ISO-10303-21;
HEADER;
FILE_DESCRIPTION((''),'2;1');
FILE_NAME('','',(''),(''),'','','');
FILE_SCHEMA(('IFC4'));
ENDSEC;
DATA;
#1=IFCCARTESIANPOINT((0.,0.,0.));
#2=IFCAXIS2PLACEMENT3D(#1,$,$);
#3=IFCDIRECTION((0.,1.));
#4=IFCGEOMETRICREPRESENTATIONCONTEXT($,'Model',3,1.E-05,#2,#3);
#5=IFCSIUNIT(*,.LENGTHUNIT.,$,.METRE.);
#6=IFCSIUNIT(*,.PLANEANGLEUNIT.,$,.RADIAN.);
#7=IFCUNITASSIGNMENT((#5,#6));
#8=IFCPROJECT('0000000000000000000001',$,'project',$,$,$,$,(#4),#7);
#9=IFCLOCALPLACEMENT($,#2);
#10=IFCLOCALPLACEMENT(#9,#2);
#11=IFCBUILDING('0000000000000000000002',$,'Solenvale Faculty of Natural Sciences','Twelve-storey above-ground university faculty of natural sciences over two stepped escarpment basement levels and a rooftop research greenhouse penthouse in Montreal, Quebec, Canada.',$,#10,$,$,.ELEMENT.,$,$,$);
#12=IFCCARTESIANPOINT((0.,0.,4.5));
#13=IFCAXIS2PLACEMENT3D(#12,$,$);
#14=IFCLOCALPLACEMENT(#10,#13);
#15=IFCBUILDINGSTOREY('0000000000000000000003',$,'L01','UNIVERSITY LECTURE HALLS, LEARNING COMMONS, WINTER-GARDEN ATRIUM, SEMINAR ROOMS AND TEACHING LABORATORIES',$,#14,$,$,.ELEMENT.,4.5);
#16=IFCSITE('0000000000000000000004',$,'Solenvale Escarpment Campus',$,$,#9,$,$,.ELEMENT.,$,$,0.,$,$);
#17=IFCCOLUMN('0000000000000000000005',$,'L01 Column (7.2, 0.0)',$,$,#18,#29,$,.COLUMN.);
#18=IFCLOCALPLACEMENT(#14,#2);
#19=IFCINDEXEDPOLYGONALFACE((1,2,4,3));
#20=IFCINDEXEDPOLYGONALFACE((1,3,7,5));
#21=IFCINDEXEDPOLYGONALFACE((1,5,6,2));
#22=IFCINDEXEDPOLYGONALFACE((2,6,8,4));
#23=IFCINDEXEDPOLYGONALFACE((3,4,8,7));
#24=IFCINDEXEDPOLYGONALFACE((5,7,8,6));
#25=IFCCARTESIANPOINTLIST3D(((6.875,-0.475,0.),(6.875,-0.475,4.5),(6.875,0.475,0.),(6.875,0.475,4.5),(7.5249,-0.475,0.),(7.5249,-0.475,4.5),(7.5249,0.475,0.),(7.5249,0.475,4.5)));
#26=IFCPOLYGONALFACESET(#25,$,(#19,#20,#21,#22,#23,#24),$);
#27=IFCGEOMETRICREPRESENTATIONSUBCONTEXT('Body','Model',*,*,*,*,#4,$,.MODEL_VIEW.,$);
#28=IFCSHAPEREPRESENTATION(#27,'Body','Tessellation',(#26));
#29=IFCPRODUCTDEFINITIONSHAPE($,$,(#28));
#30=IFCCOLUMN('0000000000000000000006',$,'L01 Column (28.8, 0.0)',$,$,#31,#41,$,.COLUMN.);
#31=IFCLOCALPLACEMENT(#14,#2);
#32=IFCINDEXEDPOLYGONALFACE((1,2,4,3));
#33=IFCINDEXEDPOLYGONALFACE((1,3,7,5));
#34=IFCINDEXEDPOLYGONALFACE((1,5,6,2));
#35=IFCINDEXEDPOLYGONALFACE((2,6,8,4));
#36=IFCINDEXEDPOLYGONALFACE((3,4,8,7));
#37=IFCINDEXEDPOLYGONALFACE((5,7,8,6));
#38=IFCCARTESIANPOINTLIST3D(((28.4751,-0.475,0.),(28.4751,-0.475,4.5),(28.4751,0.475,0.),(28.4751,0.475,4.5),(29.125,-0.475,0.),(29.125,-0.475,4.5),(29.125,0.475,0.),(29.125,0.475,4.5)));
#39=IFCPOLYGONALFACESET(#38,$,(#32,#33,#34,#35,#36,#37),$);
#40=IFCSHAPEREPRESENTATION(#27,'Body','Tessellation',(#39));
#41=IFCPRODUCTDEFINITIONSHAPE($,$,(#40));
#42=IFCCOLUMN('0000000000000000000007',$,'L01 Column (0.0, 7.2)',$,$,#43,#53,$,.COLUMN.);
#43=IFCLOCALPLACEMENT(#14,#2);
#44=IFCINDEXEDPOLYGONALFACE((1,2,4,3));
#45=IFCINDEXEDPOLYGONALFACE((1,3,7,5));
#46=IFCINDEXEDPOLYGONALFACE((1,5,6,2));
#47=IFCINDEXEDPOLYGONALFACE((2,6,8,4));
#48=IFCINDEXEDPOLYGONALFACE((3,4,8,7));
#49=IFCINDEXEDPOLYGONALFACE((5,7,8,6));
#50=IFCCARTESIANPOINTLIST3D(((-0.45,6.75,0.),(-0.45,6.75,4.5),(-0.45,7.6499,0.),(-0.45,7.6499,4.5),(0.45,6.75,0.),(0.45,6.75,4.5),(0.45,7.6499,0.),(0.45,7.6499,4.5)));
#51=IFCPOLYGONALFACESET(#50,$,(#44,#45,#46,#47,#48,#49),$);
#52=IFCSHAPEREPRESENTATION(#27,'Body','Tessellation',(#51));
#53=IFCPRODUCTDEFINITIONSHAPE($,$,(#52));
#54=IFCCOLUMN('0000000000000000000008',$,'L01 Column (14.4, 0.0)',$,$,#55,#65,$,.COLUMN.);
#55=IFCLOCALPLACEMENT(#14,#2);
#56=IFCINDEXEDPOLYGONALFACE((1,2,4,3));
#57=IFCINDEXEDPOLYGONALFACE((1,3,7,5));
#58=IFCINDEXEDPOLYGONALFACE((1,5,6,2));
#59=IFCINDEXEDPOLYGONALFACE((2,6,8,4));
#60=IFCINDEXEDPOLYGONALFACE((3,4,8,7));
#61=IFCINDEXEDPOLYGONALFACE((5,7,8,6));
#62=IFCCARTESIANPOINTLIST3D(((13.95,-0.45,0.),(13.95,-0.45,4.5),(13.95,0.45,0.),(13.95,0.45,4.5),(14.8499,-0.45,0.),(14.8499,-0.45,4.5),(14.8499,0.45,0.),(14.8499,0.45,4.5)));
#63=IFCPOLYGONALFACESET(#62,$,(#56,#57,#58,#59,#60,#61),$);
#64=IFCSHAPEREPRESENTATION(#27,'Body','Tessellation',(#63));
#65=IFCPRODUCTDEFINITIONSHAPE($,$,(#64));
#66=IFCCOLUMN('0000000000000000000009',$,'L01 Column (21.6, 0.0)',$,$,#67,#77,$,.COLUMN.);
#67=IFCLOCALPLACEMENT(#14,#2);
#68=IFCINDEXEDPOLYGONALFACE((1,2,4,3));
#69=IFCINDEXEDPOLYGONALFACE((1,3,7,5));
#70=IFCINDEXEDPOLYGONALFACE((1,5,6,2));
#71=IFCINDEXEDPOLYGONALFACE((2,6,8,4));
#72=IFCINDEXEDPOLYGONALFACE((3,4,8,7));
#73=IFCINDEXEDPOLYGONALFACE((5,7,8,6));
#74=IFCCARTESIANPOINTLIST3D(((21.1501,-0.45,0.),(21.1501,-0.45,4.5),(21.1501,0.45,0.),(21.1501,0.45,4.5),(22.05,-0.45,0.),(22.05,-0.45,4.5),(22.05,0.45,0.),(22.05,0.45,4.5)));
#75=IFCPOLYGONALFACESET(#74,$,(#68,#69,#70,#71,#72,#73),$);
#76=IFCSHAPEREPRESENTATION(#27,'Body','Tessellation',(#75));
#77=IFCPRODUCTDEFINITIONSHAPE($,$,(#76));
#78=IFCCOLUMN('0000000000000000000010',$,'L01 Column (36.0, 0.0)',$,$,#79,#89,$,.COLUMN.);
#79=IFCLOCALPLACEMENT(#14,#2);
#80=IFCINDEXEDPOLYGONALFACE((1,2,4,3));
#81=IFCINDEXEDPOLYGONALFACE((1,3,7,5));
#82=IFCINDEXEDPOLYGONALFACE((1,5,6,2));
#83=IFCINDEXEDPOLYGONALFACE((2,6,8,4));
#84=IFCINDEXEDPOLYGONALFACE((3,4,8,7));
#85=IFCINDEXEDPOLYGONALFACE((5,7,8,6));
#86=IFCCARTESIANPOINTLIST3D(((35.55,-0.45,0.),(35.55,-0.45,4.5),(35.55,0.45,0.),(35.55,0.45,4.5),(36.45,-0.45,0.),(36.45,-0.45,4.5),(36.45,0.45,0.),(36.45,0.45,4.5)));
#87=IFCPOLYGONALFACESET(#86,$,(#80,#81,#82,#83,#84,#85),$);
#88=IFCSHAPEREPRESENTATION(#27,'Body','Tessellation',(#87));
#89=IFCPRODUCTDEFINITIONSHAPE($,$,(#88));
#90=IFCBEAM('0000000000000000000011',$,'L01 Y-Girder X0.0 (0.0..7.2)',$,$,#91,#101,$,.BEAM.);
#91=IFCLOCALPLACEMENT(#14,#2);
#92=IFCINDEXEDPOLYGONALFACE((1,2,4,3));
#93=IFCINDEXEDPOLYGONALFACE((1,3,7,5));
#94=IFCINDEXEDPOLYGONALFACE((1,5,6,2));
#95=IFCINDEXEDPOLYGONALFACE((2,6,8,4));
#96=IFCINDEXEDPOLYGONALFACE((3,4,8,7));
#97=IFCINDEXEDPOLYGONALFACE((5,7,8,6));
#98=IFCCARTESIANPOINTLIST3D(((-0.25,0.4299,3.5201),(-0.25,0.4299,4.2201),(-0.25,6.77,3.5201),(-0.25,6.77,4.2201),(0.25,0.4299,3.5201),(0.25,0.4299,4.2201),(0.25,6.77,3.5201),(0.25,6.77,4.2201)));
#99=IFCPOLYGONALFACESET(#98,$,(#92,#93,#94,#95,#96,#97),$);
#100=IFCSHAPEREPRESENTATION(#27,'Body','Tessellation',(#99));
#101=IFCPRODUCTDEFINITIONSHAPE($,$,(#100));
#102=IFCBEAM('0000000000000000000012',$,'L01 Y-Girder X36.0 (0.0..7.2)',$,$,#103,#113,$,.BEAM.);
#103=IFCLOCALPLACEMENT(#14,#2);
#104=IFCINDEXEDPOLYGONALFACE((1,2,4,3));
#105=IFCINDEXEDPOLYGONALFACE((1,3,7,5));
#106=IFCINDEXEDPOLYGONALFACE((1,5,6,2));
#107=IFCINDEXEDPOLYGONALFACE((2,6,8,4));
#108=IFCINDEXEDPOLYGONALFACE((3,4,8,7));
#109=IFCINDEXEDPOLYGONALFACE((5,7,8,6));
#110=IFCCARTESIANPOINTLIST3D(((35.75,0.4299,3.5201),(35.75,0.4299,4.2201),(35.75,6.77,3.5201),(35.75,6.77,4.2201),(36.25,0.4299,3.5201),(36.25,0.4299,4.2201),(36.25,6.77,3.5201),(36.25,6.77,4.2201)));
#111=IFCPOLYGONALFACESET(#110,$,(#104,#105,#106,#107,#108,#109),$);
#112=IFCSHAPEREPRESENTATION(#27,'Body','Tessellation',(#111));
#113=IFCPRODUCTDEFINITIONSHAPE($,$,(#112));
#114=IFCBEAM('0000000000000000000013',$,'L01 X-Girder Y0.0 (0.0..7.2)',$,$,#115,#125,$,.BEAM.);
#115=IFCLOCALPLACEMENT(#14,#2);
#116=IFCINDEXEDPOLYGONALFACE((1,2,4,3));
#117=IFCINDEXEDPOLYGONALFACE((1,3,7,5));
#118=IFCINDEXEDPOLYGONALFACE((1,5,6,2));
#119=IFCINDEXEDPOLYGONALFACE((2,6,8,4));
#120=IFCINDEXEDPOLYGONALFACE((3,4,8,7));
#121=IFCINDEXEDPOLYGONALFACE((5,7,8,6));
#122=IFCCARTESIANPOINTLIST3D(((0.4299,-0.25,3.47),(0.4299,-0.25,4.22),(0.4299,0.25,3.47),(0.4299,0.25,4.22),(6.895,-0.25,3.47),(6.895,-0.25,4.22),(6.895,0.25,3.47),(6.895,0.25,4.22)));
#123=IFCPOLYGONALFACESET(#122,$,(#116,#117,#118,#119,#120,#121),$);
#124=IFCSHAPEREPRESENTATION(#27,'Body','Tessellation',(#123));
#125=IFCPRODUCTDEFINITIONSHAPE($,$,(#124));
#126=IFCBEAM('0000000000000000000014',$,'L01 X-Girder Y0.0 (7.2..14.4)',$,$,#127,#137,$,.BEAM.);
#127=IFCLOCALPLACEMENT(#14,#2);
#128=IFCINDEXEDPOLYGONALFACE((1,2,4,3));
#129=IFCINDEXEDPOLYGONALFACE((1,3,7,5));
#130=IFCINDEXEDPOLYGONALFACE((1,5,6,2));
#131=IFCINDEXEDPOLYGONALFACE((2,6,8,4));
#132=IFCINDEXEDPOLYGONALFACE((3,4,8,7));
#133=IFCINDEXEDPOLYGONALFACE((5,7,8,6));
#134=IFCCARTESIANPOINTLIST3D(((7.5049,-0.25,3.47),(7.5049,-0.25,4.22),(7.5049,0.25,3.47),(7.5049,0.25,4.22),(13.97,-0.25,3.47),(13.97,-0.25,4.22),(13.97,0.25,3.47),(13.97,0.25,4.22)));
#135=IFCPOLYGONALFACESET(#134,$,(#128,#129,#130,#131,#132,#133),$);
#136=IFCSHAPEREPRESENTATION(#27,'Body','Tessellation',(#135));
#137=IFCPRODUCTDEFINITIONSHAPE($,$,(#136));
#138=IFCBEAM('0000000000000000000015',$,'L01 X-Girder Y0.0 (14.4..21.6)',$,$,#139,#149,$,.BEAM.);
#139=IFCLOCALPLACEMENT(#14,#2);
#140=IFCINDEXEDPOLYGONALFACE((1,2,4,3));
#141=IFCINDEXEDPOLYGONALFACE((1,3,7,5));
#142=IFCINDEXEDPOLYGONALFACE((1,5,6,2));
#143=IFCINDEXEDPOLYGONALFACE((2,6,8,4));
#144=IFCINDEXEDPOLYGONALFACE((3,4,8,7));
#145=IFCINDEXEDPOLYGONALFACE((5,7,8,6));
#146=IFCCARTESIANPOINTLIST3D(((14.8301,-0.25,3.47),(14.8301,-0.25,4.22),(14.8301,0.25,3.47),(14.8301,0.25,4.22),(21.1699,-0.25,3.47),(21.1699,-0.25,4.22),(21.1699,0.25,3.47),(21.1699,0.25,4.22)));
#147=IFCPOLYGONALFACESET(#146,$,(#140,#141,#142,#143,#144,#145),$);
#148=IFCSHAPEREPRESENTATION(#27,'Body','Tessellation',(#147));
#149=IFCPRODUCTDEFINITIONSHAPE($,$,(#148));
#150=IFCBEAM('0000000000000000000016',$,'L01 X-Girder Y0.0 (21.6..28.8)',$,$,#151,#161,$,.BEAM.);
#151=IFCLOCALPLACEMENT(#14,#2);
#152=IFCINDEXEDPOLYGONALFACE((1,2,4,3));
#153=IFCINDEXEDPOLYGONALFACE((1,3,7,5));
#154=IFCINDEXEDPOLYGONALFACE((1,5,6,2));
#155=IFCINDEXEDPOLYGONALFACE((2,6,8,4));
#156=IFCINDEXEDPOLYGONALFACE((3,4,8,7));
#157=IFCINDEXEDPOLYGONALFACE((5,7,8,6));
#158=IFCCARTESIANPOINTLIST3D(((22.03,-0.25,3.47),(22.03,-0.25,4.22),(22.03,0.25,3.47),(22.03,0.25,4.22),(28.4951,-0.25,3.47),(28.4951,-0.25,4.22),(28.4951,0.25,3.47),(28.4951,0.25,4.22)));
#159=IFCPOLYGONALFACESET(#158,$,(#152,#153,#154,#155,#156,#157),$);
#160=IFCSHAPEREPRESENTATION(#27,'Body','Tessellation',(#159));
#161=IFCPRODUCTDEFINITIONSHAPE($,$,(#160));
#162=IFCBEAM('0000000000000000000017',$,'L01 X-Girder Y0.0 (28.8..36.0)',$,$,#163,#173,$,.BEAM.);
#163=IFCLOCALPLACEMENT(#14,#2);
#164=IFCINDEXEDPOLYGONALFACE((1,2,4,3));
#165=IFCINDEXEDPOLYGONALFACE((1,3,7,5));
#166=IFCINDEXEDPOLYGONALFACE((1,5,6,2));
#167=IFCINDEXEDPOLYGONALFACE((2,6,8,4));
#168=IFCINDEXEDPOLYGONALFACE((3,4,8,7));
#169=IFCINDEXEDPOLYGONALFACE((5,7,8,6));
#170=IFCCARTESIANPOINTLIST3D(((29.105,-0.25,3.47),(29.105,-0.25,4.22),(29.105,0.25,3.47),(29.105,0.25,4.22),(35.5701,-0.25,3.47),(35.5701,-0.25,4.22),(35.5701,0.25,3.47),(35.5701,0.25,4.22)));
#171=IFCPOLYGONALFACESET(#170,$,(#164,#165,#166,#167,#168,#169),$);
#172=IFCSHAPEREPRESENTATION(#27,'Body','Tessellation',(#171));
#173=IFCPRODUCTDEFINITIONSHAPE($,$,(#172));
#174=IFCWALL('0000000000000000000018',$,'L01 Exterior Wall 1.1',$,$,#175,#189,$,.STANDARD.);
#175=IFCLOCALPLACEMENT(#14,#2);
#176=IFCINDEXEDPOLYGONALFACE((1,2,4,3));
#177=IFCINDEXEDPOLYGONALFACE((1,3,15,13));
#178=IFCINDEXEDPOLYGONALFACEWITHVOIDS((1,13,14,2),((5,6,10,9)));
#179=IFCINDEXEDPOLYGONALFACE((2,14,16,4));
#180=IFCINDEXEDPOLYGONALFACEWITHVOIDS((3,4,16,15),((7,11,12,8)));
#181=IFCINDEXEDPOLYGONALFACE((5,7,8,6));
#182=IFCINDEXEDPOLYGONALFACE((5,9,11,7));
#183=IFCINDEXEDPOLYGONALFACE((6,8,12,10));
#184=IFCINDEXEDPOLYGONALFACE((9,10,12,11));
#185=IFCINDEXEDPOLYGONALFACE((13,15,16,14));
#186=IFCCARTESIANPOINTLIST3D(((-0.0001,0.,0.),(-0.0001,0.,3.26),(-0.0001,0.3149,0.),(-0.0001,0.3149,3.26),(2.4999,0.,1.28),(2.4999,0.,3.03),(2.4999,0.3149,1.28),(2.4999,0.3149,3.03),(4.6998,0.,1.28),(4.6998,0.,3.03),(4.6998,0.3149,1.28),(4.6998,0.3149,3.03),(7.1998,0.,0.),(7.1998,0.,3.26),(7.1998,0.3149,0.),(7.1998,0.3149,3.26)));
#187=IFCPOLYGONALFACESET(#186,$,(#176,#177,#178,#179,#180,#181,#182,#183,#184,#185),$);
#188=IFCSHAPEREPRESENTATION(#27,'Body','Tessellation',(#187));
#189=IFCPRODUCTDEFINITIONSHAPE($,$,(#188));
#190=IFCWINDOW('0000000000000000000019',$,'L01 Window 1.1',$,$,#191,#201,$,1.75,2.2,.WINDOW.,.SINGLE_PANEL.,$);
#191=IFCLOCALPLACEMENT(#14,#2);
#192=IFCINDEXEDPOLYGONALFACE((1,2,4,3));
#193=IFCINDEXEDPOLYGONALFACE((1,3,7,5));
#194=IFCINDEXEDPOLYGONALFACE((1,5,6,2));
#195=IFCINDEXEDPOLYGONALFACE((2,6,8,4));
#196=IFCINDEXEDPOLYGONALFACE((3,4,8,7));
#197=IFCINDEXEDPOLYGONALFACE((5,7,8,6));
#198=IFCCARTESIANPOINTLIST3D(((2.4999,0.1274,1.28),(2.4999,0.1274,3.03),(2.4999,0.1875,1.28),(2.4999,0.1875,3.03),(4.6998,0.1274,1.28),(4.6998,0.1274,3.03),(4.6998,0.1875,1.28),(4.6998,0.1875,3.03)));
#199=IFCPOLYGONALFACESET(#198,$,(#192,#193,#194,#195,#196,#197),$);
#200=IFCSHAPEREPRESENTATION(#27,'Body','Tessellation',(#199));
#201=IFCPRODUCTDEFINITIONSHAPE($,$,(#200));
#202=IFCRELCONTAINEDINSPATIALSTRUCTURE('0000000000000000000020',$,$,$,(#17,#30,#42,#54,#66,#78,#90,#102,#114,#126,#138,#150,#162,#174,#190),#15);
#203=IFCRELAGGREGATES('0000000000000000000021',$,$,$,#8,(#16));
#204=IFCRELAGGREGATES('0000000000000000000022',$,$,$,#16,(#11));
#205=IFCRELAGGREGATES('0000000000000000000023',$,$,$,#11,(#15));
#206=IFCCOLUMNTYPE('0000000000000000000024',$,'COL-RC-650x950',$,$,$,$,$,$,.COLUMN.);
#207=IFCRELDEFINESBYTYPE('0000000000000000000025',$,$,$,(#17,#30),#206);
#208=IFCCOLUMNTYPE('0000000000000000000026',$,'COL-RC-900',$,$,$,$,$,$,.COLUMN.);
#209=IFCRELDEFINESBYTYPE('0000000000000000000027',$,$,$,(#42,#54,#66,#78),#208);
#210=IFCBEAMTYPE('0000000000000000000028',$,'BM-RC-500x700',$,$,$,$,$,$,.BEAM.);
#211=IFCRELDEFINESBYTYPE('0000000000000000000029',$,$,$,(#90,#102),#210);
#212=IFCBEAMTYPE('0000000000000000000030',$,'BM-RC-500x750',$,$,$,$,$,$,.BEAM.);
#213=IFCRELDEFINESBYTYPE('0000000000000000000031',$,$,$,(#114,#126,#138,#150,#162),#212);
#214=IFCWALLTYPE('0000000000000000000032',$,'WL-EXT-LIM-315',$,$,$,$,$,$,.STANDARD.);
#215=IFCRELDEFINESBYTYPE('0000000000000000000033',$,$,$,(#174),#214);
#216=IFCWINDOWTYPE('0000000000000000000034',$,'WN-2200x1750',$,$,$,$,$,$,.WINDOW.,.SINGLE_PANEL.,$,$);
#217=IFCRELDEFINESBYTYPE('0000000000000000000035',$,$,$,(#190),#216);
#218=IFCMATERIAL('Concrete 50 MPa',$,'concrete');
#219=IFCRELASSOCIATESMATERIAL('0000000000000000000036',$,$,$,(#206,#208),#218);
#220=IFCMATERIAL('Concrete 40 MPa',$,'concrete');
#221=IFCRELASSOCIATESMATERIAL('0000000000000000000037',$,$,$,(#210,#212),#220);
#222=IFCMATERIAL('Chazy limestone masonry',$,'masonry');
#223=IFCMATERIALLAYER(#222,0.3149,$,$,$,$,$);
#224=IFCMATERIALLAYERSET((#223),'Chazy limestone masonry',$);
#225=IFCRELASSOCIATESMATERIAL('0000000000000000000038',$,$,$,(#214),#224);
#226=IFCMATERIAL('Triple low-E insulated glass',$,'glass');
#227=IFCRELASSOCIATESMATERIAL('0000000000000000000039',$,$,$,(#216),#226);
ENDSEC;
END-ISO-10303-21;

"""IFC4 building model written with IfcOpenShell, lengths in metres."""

from ifc_helpers import new_model, si_unit, direction, frame, frame_2d, origin, origin_2d, place, context, subcontext, project, spatial, rectangle, extrude, material, layer, layer_set, material_profile, profile_set, type_object, element, fill, save


model = new_model("IFC4")

# Units and contexts
model_context = context("Model", 3, precision=1e-05, world=origin(), true_north=direction((0.0, 1.0)))
body_context = subcontext(model_context, "Body", "Model", "MODEL_VIEW")
ifc_project = project(units=[si_unit("LENGTHUNIT", "METRE"), si_unit("PLANEANGLEUNIT", "RADIAN")], contexts=[model_context])

# Site, building, storey
site_placement = place(None, origin())
site = spatial("IfcSite", under=ifc_project, at=site_placement, Name="Solenvale Escarpment Campus", CompositionType="ELEMENT", RefElevation=0.0)
building_placement = place(site_placement, origin())
building = spatial("IfcBuilding", under=site, at=building_placement, Name="Solenvale Faculty of Natural Sciences", Description="Twelve-storey above-ground university faculty of natural sciences over two stepped escarpment basement levels and a rooftop research greenhouse penthouse in Montreal, Quebec, Canada.", CompositionType="ELEMENT")
storey_placement = place(building_placement, frame((0.0, 0.0, 4.5)))
storey = spatial("IfcBuildingStorey", under=building, at=storey_placement, Name="L01", Description="UNIVERSITY LECTURE HALLS, LEARNING COMMONS, WINTER-GARDEN ATRIUM, SEMINAR ROOMS AND TEACHING LABORATORIES", CompositionType="ELEMENT", Elevation=4.5)

# Columns
ifc_material_1 = material(Name="Concrete 50 MPa", Category="concrete")
ifc_material_profile_1 = material_profile(ifc_material_1, rectangle(XDim=0.6499, YDim=0.95, at=origin_2d()), Name="RC-COL-650x950")
ifc_profile_set_1 = profile_set([ifc_material_profile_1], Name="Concrete 50 MPa")
column_type_1 = type_object("IfcColumnType", Name="COL-RC-650x950", PredefinedType="COLUMN", material=ifc_profile_set_1)
for number, where, z_axis, x_axis, name in (
    (1, (7.2, 0.0, 0.0), (0.0, 0.0, 1.0), (1.0, 0.0, 0.0), "L01 Column (7.2, 0.0)"),
    (2, (28.8, 0.0, 0.0), (0.0, 0.0, 1.0), (1.0, 0.0, 0.0), "L01 Column (28.8, 0.0)"),
):
    element("IfcColumn", number, at=place(storey_placement, frame(where, z_axis=z_axis, x_axis=x_axis)), inside=storey, type_object=column_type_1, Name=name, PredefinedType="COLUMN", context=body_context, shape_type="SweptSolid", body=[
        extrude(rectangle(XDim=0.6499, YDim=0.95, at=origin_2d()), origin(), (0.0, 0.0, 1.0), 4.5),
    ])
ifc_material_profile_2 = material_profile(ifc_material_1, rectangle(XDim=0.8999, YDim=0.8999, at=origin_2d()), Name="RC-COL-900x900")
ifc_profile_set_2 = profile_set([ifc_material_profile_2], Name="Concrete 50 MPa")
column_type_2 = type_object("IfcColumnType", Name="COL-RC-900", PredefinedType="COLUMN", material=ifc_profile_set_2)
for number, where, z_axis, x_axis, name in (
    (3, (0.0, 7.2, 0.0), (0.0, 0.0, 1.0), (1.0, 0.0, 0.0), "L01 Column (0.0, 7.2)"),
    (4, (14.3999, 0.0, 0.0), (0.0, 0.0, 1.0), (1.0, 0.0, 0.0), "L01 Column (14.4, 0.0)"),
    (5, (21.6001, 0.0, 0.0), (0.0, 0.0, 1.0), (1.0, 0.0, 0.0), "L01 Column (21.6, 0.0)"),
    (6, (36.0, 0.0, 0.0), (0.0, 0.0, 1.0), (1.0, 0.0, 0.0), "L01 Column (36.0, 0.0)"),
):
    element("IfcColumn", number, at=place(storey_placement, frame(where, z_axis=z_axis, x_axis=x_axis)), inside=storey, type_object=column_type_2, Name=name, PredefinedType="COLUMN", context=body_context, shape_type="SweptSolid", body=[
        extrude(rectangle(XDim=0.8999, YDim=0.8999, at=origin_2d()), origin(), (0.0, 0.0, 1.0), 4.5),
    ])

# Beams
ifc_material_2 = material(Name="Concrete 40 MPa", Category="concrete")
ifc_material_profile_3 = material_profile(ifc_material_2, rectangle(XDim=0.5, YDim=0.7, at=origin_2d()), Name="RC-BM-500x700")
ifc_profile_set_3 = profile_set([ifc_material_profile_3], Name="Concrete 40 MPa")
beam_type_1 = type_object("IfcBeamType", Name="BM-RC-500x700", PredefinedType="BEAM", material=ifc_profile_set_3)
for number, where, z_axis, x_axis, name in (
    (7, (0.0, 0.4299, 3.8701), (0.0, 1.0, 0.0), (-1.0, 0.0, 0.0), "L01 Y-Girder X0.0 (0.0..7.2)"),
    (8, (36.0, 0.4299, 3.8701), (0.0, 1.0, 0.0), (-1.0, 0.0, 0.0), "L01 Y-Girder X36.0 (0.0..7.2)"),
):
    element("IfcBeam", number, at=place(storey_placement, frame(where, z_axis=z_axis, x_axis=x_axis)), inside=storey, type_object=beam_type_1, Name=name, PredefinedType="BEAM", context=body_context, shape_type="SweptSolid", body=[
        extrude(rectangle(XDim=0.5, YDim=0.7, at=origin_2d()), origin(), (0.0, 0.0, 1.0), 6.3401),
    ])
ifc_material_profile_4 = material_profile(ifc_material_2, rectangle(XDim=0.5, YDim=0.75, at=origin_2d()), Name="RC-BM-500x750")
ifc_profile_set_4 = profile_set([ifc_material_profile_4], Name="Concrete 40 MPa")
beam_type_2 = type_object("IfcBeamType", Name="BM-RC-500x750", PredefinedType="BEAM", material=ifc_profile_set_4)
for number, where, z_axis, x_axis, name in (
    (9, (0.4299, 0.0, 3.845), (1.0, 0.0, 0.0), (0.0, 1.0, 0.0), "L01 X-Girder Y0.0 (0.0..7.2)"),
    (10, (7.5049, 0.0, 3.845), (1.0, 0.0, 0.0), (0.0, 1.0, 0.0), "L01 X-Girder Y0.0 (7.2..14.4)"),
):
    element("IfcBeam", number, at=place(storey_placement, frame(where, z_axis=z_axis, x_axis=x_axis)), inside=storey, type_object=beam_type_2, Name=name, PredefinedType="BEAM", context=body_context, shape_type="SweptSolid", body=[
        extrude(rectangle(XDim=0.5, YDim=0.75, at=origin_2d()), origin(), (0.0, 0.0, 1.0), 6.4651),
    ])
beam_placement = place(storey_placement, frame((14.8301, 0.0, 3.845), z_axis=(1.0, 0.0, 0.0), x_axis=(0.0, 1.0, 0.0)))
element("IfcBeam", 11, at=beam_placement, inside=storey, type_object=beam_type_2, Name="L01 X-Girder Y0.0 (14.4..21.6)", PredefinedType="BEAM", context=body_context, shape_type="SweptSolid", body=[
    extrude(rectangle(XDim=0.5, YDim=0.75, at=origin_2d()), origin(), (0.0, 0.0, 1.0), 6.3398),
])
for number, where, z_axis, x_axis, name in (
    (12, (22.03, 0.0, 3.845), (1.0, 0.0, 0.0), (0.0, 1.0, 0.0), "L01 X-Girder Y0.0 (21.6..28.8)"),
    (13, (29.105, 0.0, 3.845), (1.0, 0.0, 0.0), (0.0, 1.0, 0.0), "L01 X-Girder Y0.0 (28.8..36.0)"),
):
    element("IfcBeam", number, at=place(storey_placement, frame(where, z_axis=z_axis, x_axis=x_axis)), inside=storey, type_object=beam_type_2, Name=name, PredefinedType="BEAM", context=body_context, shape_type="SweptSolid", body=[
        extrude(rectangle(XDim=0.5, YDim=0.75, at=origin_2d()), origin(), (0.0, 0.0, 1.0), 6.4651),
    ])

# Wall, opening, window
ifc_material_3 = material(Name="Chazy limestone masonry", Category="masonry")
ifc_layer_1 = layer(ifc_material_3, 0.3149)
ifc_layer_set_1 = layer_set([ifc_layer_1], Name="Chazy limestone masonry")
wall_type_1 = type_object("IfcWallType", Name="WL-EXT-LIM-315", PredefinedType="STANDARD", material=ifc_layer_set_1)
wall_1_placement = place(storey_placement, frame((7.2, 0.1575, 0.0), z_axis=(0.0, 0.0, 1.0), x_axis=(-1.0, 0.0, 0.0)))
wall_1 = element("IfcWall", 14, at=wall_1_placement, inside=storey, type_object=wall_type_1, Name="L01 Exterior Wall 1.1", PredefinedType="STANDARD", context=body_context, shape_type="SweptSolid", body=[
    extrude(rectangle(XDim=7.2, YDim=0.3149, at=frame_2d((3.6001, 0.0))), origin(), (0.0, 0.0, 1.0), 3.26),
])
opening_1_placement = place(wall_1_placement, frame((2.5, 0.0, 1.28)))
opening_1 = element("IfcOpeningElement", 15, at=opening_1_placement, cuts=wall_1, PredefinedType="OPENING", context=body_context, shape_type="SweptSolid", body=[
    extrude(rectangle(XDim=2.2, YDim=1.75, at=frame_2d((1.1001, 0.875))), frame((0.0, 0.1675, 0.0), z_axis=(0.0, -1.0, 0.0), x_axis=(1.0, 0.0, 0.0)), (0.0, 0.0, 1.0), 0.335),
])
ifc_material_4 = material(Name="Triple low-E insulated glass", Category="glass")
window_type_1 = type_object("IfcWindowType", Name="WN-2200x1750", PartitioningType="SINGLE_PANEL", PredefinedType="WINDOW", material=ifc_material_4)
window_1_placement = place(opening_1_placement, origin())
window_1 = element("IfcWindow", 16, at=window_1_placement, inside=storey, type_object=window_type_1, Name="L01 Window 1.1", OverallHeight=1.75, OverallWidth=2.2, PartitioningType="SINGLE_PANEL", PredefinedType="WINDOW", context=body_context, shape_type="SweptSolid", body=[
    extrude(rectangle(XDim=2.2, YDim=1.75, at=frame_2d((1.1001, 0.875))), frame((0.0, 0.03, 0.0), z_axis=(0.0, -1.0, 0.0), x_axis=(1.0, 0.0, 0.0)), (0.0, 0.0, 1.0), 0.0601),
])
fill(opening_1, window_1)

save(model, "model.ifc")
